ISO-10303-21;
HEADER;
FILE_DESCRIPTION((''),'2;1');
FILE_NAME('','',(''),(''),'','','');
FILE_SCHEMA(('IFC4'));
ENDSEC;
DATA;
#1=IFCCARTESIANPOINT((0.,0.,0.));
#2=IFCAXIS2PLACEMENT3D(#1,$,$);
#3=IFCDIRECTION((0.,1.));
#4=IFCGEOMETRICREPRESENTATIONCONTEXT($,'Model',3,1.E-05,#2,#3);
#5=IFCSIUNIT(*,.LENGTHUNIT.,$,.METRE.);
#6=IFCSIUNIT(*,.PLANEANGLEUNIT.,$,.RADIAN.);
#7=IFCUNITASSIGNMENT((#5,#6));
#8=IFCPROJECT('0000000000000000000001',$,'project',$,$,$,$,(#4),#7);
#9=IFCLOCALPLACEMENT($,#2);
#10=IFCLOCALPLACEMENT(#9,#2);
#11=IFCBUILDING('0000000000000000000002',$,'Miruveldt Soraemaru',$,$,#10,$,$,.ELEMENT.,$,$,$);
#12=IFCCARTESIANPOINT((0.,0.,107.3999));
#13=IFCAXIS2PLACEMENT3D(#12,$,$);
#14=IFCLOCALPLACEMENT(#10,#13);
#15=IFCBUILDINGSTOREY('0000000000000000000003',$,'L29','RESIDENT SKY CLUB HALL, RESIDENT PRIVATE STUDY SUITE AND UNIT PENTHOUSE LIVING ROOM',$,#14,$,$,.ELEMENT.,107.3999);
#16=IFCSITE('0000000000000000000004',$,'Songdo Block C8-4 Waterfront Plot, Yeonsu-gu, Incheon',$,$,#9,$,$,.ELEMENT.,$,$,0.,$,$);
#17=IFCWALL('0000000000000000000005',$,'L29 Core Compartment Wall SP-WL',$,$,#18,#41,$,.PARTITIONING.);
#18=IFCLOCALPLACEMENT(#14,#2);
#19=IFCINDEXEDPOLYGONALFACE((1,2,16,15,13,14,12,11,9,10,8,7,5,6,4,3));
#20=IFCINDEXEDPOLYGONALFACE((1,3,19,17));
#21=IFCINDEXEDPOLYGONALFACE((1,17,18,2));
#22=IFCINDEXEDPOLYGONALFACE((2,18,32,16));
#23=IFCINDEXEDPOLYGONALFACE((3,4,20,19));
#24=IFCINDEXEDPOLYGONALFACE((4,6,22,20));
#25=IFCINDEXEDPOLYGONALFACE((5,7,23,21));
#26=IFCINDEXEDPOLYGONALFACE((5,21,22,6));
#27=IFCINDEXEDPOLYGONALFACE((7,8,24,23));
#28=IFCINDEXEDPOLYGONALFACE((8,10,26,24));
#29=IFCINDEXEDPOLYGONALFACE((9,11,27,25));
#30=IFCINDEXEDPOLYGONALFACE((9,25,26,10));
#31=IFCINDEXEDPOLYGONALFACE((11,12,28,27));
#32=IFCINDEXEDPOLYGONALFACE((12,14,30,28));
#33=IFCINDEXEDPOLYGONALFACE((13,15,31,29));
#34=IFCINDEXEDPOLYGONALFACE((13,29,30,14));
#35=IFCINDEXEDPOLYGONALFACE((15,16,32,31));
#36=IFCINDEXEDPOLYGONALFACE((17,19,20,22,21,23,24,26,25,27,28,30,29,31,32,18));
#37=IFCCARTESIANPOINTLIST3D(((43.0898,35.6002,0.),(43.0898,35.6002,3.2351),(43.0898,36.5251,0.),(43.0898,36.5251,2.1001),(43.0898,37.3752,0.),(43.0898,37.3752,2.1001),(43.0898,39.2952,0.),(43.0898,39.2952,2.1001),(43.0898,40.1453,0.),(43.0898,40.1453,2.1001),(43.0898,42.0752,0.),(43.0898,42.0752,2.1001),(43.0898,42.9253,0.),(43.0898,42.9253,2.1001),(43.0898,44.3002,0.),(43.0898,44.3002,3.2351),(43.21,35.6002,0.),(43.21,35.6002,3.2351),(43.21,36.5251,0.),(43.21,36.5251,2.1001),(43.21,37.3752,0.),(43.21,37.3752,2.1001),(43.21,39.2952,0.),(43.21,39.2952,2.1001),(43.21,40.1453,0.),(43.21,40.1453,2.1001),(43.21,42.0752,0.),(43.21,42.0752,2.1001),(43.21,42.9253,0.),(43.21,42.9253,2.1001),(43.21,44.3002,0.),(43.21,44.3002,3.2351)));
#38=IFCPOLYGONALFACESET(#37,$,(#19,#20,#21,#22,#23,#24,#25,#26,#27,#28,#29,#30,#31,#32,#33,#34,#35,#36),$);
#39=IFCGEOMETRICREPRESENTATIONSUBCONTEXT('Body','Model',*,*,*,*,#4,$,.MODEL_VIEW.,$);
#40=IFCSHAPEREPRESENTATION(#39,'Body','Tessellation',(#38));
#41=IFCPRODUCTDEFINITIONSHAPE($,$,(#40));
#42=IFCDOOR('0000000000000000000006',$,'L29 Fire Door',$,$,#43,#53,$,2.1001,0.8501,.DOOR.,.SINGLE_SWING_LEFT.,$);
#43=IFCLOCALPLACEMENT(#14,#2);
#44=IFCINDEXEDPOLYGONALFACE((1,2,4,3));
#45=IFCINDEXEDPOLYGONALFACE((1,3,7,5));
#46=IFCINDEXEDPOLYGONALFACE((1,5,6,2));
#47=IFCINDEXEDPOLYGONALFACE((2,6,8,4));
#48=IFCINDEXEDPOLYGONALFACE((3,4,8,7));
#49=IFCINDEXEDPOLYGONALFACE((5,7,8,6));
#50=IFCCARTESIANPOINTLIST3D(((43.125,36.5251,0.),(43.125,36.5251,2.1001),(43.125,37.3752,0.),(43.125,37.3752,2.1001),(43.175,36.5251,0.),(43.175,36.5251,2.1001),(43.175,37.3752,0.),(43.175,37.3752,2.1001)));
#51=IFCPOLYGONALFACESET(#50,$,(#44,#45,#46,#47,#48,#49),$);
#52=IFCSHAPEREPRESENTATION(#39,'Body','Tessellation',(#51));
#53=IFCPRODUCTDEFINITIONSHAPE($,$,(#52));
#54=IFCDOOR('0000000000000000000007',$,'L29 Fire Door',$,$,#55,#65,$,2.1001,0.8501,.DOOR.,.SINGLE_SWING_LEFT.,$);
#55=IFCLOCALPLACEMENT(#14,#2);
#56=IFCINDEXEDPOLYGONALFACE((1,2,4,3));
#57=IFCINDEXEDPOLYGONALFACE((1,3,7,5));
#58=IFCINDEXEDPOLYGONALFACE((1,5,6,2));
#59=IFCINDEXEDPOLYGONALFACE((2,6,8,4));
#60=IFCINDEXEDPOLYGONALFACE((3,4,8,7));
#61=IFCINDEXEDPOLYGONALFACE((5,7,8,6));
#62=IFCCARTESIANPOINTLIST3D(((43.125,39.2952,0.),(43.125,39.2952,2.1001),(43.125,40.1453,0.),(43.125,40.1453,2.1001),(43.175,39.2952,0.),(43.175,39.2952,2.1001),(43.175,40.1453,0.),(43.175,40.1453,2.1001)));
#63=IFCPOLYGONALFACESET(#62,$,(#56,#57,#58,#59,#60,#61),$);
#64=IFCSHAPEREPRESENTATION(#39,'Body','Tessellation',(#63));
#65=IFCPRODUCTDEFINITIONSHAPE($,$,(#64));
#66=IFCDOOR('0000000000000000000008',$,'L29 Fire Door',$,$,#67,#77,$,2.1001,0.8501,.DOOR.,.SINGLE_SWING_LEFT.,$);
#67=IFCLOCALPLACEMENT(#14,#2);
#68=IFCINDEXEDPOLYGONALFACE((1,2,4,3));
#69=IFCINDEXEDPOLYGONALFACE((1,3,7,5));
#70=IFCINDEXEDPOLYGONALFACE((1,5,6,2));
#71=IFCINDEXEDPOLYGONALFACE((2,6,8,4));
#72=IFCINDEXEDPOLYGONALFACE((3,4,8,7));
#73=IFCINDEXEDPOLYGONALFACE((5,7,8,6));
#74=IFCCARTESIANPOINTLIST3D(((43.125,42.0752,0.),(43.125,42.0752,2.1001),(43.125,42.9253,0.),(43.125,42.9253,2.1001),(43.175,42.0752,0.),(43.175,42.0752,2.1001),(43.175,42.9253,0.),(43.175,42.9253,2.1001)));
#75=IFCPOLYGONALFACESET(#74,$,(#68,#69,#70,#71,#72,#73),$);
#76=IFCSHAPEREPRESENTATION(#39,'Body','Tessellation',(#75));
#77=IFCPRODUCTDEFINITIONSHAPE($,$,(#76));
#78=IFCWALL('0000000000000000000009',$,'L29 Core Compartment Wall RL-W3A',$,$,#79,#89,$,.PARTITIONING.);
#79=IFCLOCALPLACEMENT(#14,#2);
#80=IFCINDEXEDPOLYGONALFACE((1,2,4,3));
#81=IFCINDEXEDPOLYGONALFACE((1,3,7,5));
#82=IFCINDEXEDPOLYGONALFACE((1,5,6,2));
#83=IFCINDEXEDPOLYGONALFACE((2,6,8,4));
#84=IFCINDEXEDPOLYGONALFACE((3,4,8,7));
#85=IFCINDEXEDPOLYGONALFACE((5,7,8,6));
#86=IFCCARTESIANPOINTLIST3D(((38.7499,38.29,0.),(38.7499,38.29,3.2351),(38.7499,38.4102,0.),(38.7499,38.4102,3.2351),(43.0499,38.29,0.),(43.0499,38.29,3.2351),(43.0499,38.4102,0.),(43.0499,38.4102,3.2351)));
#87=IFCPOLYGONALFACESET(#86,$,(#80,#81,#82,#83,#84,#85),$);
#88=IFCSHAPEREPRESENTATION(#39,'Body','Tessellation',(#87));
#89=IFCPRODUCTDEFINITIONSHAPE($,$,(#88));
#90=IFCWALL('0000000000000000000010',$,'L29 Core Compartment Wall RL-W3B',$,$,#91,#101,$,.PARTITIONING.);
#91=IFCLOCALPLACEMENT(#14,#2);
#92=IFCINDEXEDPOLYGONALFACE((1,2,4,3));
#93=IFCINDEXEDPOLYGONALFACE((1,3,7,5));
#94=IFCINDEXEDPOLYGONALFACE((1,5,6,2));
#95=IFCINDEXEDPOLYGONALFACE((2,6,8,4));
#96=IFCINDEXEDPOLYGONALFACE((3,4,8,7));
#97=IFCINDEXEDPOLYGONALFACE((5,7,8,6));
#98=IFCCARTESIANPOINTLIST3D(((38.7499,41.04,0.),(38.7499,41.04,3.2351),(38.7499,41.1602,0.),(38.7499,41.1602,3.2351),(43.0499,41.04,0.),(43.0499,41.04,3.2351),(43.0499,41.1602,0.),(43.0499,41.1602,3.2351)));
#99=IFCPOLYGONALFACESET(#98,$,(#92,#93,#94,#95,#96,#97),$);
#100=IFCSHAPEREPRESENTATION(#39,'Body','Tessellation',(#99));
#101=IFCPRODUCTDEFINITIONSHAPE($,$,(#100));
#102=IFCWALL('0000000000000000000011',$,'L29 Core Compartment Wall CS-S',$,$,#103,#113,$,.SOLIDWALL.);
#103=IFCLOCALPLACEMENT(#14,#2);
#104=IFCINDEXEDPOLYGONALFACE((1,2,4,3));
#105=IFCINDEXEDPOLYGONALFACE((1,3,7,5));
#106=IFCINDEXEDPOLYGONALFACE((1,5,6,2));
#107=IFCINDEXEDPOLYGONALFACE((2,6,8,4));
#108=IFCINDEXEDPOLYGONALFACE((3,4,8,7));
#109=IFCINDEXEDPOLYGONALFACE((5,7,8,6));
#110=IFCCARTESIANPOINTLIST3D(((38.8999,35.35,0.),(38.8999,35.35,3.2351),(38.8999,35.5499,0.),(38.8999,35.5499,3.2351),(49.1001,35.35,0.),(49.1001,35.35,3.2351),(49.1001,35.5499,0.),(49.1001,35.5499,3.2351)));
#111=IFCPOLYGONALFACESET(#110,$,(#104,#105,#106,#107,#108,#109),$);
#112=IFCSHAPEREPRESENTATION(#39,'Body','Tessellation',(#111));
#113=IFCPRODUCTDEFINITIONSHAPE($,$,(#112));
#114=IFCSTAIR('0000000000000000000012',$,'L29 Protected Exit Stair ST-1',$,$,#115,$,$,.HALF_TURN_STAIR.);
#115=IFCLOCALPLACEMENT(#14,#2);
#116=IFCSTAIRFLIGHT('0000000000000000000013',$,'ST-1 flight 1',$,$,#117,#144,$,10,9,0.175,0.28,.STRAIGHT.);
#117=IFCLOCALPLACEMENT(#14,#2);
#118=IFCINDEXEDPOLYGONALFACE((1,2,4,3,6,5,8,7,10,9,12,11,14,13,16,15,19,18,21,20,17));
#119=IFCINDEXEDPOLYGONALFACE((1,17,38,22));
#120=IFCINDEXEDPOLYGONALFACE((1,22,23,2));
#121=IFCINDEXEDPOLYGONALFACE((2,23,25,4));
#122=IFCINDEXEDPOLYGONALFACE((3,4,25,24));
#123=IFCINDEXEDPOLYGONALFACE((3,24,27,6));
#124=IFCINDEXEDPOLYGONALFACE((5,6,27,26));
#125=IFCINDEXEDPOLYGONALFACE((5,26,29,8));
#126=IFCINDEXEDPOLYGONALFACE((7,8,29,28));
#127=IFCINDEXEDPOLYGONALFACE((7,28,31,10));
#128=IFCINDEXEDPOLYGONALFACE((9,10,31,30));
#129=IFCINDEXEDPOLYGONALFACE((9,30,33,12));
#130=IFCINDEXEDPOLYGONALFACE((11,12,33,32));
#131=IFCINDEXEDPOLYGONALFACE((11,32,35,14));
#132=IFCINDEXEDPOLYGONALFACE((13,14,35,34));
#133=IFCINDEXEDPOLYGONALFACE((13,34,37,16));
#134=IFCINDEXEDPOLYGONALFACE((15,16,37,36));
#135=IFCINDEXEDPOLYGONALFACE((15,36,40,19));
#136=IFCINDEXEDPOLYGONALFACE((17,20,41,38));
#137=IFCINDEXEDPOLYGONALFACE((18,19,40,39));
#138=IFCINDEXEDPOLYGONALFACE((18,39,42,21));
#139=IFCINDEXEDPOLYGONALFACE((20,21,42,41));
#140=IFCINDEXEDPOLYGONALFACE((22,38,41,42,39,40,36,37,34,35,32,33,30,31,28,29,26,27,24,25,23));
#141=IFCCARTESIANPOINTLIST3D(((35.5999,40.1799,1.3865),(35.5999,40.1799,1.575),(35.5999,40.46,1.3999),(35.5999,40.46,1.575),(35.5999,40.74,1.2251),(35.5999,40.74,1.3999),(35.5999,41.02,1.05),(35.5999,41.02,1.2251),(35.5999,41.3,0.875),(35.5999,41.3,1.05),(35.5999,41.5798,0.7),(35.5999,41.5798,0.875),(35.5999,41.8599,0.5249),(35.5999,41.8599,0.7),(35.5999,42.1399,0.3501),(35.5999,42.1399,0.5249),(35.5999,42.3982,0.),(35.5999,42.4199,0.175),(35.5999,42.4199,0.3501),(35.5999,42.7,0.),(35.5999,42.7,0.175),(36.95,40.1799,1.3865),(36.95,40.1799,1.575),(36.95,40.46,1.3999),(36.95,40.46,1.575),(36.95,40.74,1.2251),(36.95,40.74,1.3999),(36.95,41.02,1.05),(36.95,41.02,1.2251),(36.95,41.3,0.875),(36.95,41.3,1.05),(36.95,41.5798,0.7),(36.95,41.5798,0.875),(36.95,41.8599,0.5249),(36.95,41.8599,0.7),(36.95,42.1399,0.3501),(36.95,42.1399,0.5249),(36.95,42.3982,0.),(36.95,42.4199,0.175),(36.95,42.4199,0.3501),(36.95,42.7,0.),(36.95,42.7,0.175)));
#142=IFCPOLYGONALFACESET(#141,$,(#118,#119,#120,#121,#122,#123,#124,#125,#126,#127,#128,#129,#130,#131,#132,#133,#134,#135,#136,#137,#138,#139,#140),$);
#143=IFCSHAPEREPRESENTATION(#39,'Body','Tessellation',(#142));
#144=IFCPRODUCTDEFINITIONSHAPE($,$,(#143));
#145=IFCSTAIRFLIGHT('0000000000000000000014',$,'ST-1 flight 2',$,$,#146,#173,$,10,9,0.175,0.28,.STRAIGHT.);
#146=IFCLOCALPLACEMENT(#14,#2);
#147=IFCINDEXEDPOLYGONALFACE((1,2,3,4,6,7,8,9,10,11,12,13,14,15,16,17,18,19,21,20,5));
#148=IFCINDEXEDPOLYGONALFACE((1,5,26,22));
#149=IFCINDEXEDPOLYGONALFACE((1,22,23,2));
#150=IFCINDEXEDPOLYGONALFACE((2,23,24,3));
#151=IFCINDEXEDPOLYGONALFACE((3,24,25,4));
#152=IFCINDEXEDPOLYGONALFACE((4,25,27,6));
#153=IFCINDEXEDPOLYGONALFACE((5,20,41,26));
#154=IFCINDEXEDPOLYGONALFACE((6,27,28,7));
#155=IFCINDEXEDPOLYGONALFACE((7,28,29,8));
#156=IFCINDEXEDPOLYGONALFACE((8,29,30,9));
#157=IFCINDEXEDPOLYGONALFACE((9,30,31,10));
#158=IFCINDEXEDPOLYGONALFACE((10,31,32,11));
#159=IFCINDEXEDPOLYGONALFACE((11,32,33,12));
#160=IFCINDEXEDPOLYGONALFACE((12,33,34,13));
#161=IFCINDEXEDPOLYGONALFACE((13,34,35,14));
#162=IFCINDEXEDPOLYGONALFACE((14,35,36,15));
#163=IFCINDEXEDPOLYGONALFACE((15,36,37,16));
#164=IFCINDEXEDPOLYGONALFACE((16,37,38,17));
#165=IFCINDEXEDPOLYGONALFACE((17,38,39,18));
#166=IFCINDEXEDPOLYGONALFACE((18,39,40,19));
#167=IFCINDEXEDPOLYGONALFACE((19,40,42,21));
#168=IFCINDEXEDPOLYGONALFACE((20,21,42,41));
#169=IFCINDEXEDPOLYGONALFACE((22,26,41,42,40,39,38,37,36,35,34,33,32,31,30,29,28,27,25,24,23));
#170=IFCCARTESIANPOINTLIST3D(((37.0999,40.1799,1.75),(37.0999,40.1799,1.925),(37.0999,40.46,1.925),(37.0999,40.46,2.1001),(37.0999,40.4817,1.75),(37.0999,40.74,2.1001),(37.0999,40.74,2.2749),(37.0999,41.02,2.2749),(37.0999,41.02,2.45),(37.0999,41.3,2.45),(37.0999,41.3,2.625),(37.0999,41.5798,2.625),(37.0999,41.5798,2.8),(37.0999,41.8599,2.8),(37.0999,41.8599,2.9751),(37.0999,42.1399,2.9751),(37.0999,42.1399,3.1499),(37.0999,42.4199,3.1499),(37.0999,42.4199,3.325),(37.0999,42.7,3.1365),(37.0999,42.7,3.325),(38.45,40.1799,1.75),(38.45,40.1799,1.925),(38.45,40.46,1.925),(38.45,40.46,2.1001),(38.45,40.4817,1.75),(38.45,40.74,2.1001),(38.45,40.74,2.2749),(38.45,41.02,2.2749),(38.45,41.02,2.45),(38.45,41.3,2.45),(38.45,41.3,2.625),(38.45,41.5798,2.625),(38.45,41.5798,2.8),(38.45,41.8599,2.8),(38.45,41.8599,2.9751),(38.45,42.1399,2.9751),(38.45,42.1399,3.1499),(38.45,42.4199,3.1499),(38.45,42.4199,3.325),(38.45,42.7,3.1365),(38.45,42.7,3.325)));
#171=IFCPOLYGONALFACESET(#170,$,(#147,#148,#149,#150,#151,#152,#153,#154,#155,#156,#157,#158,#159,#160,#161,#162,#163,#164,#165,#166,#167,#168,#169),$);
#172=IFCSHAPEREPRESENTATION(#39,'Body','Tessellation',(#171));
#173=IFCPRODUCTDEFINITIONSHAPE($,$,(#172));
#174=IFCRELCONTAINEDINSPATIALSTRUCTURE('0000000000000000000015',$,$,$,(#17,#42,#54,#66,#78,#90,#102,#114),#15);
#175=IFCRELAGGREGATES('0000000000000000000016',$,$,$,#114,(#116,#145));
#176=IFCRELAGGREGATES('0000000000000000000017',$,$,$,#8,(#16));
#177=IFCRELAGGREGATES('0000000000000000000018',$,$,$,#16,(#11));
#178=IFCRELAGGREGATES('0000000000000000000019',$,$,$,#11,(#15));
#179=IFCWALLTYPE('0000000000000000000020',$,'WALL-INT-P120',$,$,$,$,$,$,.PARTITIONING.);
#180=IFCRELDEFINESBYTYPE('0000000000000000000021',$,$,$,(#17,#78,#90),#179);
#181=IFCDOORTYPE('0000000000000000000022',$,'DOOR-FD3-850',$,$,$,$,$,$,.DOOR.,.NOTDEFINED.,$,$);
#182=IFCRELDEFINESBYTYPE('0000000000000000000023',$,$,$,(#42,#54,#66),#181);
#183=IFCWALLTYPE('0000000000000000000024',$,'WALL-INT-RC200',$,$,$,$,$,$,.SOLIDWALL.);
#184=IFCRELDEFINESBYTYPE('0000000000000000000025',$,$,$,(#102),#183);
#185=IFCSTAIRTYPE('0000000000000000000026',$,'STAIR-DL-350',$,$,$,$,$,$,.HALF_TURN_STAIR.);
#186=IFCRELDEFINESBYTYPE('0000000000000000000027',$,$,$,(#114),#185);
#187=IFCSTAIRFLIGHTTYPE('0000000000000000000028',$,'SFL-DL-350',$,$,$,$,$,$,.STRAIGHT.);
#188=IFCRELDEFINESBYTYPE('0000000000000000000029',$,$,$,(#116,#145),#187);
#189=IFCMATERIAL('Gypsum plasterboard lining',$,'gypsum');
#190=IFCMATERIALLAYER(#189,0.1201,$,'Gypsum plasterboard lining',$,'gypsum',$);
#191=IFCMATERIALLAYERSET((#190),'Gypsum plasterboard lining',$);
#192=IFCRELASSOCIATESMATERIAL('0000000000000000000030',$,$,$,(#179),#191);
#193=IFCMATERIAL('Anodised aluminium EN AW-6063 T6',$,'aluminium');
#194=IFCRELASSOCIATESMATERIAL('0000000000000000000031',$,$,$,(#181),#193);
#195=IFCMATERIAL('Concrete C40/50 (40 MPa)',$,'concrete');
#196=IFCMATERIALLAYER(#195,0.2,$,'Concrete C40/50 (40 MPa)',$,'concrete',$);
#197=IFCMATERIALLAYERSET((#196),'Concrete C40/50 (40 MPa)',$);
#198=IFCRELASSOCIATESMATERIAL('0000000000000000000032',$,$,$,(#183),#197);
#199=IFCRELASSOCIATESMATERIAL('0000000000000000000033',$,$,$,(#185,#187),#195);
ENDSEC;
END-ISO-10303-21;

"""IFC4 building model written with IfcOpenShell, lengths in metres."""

from ifc_helpers import new_model, si_unit, direction, frame, frame_2d, origin, place, context, subcontext, project, spatial, polyline, rectangle, outline, extrude, material, layer, layer_set, type_object, element, fill, aggregate, save


model = new_model("IFC4")

# Units and contexts
model_context = context("Model", 3, precision=1e-05, world=origin(), true_north=direction((0.0, 1.0)))
body_context = subcontext(model_context, "Body", "Model", "MODEL_VIEW")
ifc_project = project(units=[si_unit("LENGTHUNIT", "METRE"), si_unit("PLANEANGLEUNIT", "RADIAN")], contexts=[model_context])

# Site, building, storey
site_placement = place(None, origin())
site = spatial("IfcSite", under=ifc_project, at=site_placement, Name="Songdo Block C8-4 Waterfront Plot, Yeonsu-gu, Incheon", CompositionType="ELEMENT", RefElevation=0.0)
building_placement = place(site_placement, origin())
building = spatial("IfcBuilding", under=site, at=building_placement, Name="Miruveldt Soraemaru", CompositionType="ELEMENT")
storey_placement = place(building_placement, frame((0.0, 0.0, 107.3999)))
storey = spatial("IfcBuildingStorey", under=building, at=storey_placement, Name="L29", Description="RESIDENT SKY CLUB HALL, RESIDENT PRIVATE STUDY SUITE AND UNIT PENTHOUSE LIVING ROOM", CompositionType="ELEMENT", Elevation=107.3999)

# Wall, openings, doors
ifc_material_1 = material(Name="Gypsum plasterboard lining", Category="gypsum")
ifc_layer_1 = layer(ifc_material_1, 0.1201, Name="Gypsum plasterboard lining", Category="gypsum")
ifc_layer_set_1 = layer_set([ifc_layer_1], Name="Gypsum plasterboard lining")
wall_type_1 = type_object("IfcWallType", Name="WALL-INT-P120", PredefinedType="PARTITIONING", material=ifc_layer_set_1)
wall_1_placement = place(storey_placement, frame((43.1499, 35.6001, 0.0), z_axis=(0.0, 0.0, 1.0), x_axis=(0.0, 1.0, 0.0)))
wall_1 = element("IfcWall", 1, at=wall_1_placement, inside=storey, type_object=wall_type_1, Name="L29 Core Compartment Wall SP-WL", PredefinedType="PARTITIONING", context=body_context, shape_type="SweptSolid", body=[
    extrude(rectangle(XDim=8.7, YDim=0.1201, at=frame_2d((4.3501, 0.0))), origin(), (0.0, 0.0, 1.0), 3.2351),
])
opening_1_placement = place(wall_1_placement, frame((0.925, 0.0, 0.0)))
opening_1 = element("IfcOpeningElement", 2, at=opening_1_placement, cuts=wall_1, PredefinedType="OPENING", context=body_context, shape_type="SweptSolid", body=[
    extrude(rectangle(XDim=0.8501, YDim=2.1001, at=frame_2d((0.425, 1.05))), frame((0.0, 0.0701, 0.0), z_axis=(0.0, -1.0, 0.0), x_axis=(1.0, 0.0, 0.0)), (0.0, 0.0, 1.0), 0.1401),
])
opening_2_placement = place(wall_1_placement, frame((3.6951, 0.0, 0.0)))
opening_2 = element("IfcOpeningElement", 3, at=opening_2_placement, cuts=wall_1, PredefinedType="OPENING", context=body_context, shape_type="SweptSolid", body=[
    extrude(rectangle(XDim=0.8501, YDim=2.1001, at=frame_2d((0.425, 1.05))), frame((0.0, 0.0701, 0.0), z_axis=(0.0, -1.0, 0.0), x_axis=(1.0, 0.0, 0.0)), (0.0, 0.0, 1.0), 0.1401),
])
opening_3_placement = place(wall_1_placement, frame((6.4751, 0.0, 0.0)))
opening_3 = element("IfcOpeningElement", 4, at=opening_3_placement, cuts=wall_1, PredefinedType="OPENING", context=body_context, shape_type="SweptSolid", body=[
    extrude(rectangle(XDim=0.8501, YDim=2.1001, at=frame_2d((0.425, 1.05))), frame((0.0, 0.0701, 0.0), z_axis=(0.0, -1.0, 0.0), x_axis=(1.0, 0.0, 0.0)), (0.0, 0.0, 1.0), 0.1401),
])
ifc_material_2 = material(Name="Anodised aluminium EN AW-6063 T6", Category="aluminium")
door_type = type_object("IfcDoorType", Name="DOOR-FD3-850", OperationType="NOTDEFINED", PredefinedType="DOOR", material=ifc_material_2)
door_1_placement = place(opening_1_placement, origin())
door_1 = element("IfcDoor", 5, at=door_1_placement, inside=storey, type_object=door_type, Name="L29 Fire Door", OperationType="SINGLE_SWING_LEFT", OverallHeight=2.1001, OverallWidth=0.8501, PredefinedType="DOOR", context=body_context, shape_type="SweptSolid", body=[
    extrude(rectangle(XDim=0.8501, YDim=2.1001, at=frame_2d((0.425, 1.05))), frame((0.0, 0.0249, 0.0), z_axis=(0.0, -1.0, 0.0), x_axis=(1.0, 0.0, 0.0)), (0.0, 0.0, 1.0), 0.05),
])
fill(opening_1, door_1)
door_2_placement = place(opening_2_placement, origin())
door_2 = element("IfcDoor", 6, at=door_2_placement, inside=storey, type_object=door_type, Name="L29 Fire Door", OperationType="SINGLE_SWING_LEFT", OverallHeight=2.1001, OverallWidth=0.8501, PredefinedType="DOOR", context=body_context, shape_type="SweptSolid", body=[
    extrude(rectangle(XDim=0.8501, YDim=2.1001, at=frame_2d((0.425, 1.05))), frame((0.0, 0.0249, 0.0), z_axis=(0.0, -1.0, 0.0), x_axis=(1.0, 0.0, 0.0)), (0.0, 0.0, 1.0), 0.05),
])
fill(opening_2, door_2)
door_3_placement = place(opening_3_placement, origin())
door_3 = element("IfcDoor", 7, at=door_3_placement, inside=storey, type_object=door_type, Name="L29 Fire Door", OperationType="SINGLE_SWING_LEFT", OverallHeight=2.1001, OverallWidth=0.8501, PredefinedType="DOOR", context=body_context, shape_type="SweptSolid", body=[
    extrude(rectangle(XDim=0.8501, YDim=2.1001, at=frame_2d((0.425, 1.05))), frame((0.0, 0.0249, 0.0), z_axis=(0.0, -1.0, 0.0), x_axis=(1.0, 0.0, 0.0)), (0.0, 0.0, 1.0), 0.05),
])
fill(opening_3, door_3)

# Walls
for number, where, z_axis, x_axis, name in (
    (8, (38.75, 38.3501, 0.0), (0.0, 0.0, 1.0), (1.0, 0.0, 0.0), "L29 Core Compartment Wall RL-W3A"),
    (9, (38.75, 41.1001, 0.0), (0.0, 0.0, 1.0), (1.0, 0.0, 0.0), "L29 Core Compartment Wall RL-W3B"),
):
    element("IfcWall", number, at=place(storey_placement, frame(where, z_axis=z_axis, x_axis=x_axis)), inside=storey, type_object=wall_type_1, Name=name, PredefinedType="PARTITIONING", context=body_context, shape_type="SweptSolid", body=[
        extrude(rectangle(XDim=4.3, YDim=0.1201, at=frame_2d((2.1499, 0.0))), origin(), (0.0, 0.0, 1.0), 3.2351),
    ])
ifc_material_3 = material(Name="Concrete C40/50 (40 MPa)", Category="concrete")
ifc_layer_2 = layer(ifc_material_3, 0.2, Name="Concrete C40/50 (40 MPa)", Category="concrete")
ifc_layer_set_2 = layer_set([ifc_layer_2], Name="Concrete C40/50 (40 MPa)")
wall_type_2 = type_object("IfcWallType", Name="WALL-INT-RC200", PredefinedType="SOLIDWALL", material=ifc_layer_set_2)
wall_2_placement = place(storey_placement, frame((38.8999, 35.45, 0.0), z_axis=(0.0, 0.0, 1.0), x_axis=(1.0, 0.0, 0.0)))
element("IfcWall", 10, at=wall_2_placement, inside=storey, type_object=wall_type_2, Name="L29 Core Compartment Wall CS-S", PredefinedType="SOLIDWALL", context=body_context, shape_type="SweptSolid", body=[
    extrude(rectangle(XDim=10.2002, YDim=0.2, at=frame_2d((5.1001, 0.0))), origin(), (0.0, 0.0, 1.0), 3.2351),
])

# Stair, stair flights
stair_type = type_object("IfcStairType", Name="STAIR-DL-350", PredefinedType="HALF_TURN_STAIR", material=ifc_material_3)
stair_placement = place(storey_placement, origin())
stair = element("IfcStair", 11, at=stair_placement, inside=storey, type_object=stair_type, Name="L29 Protected Exit Stair ST-1", PredefinedType="HALF_TURN_STAIR")
stair_flight_type = type_object("IfcStairFlightType", Name="SFL-DL-350", PredefinedType="STRAIGHT", material=ifc_material_3)
stair_flight_1_placement = place(storey_placement, frame((36.2749, 42.7, 0.0), z_axis=(0.0, 0.0, 1.0), x_axis=(0.0, -1.0, 0.0)))
stair_flight_1 = element("IfcStairFlight", 12, at=stair_flight_1_placement, type_object=stair_flight_type, Name="ST-1 flight 1", NumberOfRisers=10, NumberOfTreads=9, PredefinedType="STRAIGHT", RiserHeight=0.175, TreadLength=0.28, context=body_context, shape_type="SweptSolid", body=[
    extrude(outline(polyline([(0.0, 0.0), (0.0, 0.175), (0.28, 0.175), (0.28, 0.3501), (0.5601, 0.3501), (0.5601, 0.5249), (0.8401, 0.5249), (0.8401, 0.7), (1.1201, 0.7), (1.1201, 0.875), (1.3999, 0.875), (1.3999, 1.05), (1.6799, 1.05), (1.6799, 1.2251), (1.96, 1.2251), (1.96, 1.3999), (2.24, 1.3999), (2.24, 1.575), (2.52, 1.575), (2.52, 1.75), (2.52, 1.3865), (0.3018, 0.0), (0.0, 0.0)])), frame((0.0, 0.675, 0.0), z_axis=(0.0, -1.0, 0.0), x_axis=(1.0, 0.0, 0.0)), (0.0, 0.0, 1.0), 1.3501),
])
stair_flight_2_placement = place(storey_placement, frame((37.7749, 40.1799, 1.75), z_axis=(0.0, 0.0, 1.0), x_axis=(0.0, 1.0, 0.0)))
stair_flight_2 = element("IfcStairFlight", 13, at=stair_flight_2_placement, type_object=stair_flight_type, Name="ST-1 flight 2", NumberOfRisers=10, NumberOfTreads=9, PredefinedType="STRAIGHT", RiserHeight=0.175, TreadLength=0.28, context=body_context, shape_type="SweptSolid", body=[
    extrude(outline(polyline([(0.0, 0.0), (0.0, 0.175), (0.28, 0.175), (0.28, 0.3501), (0.5601, 0.3501), (0.5601, 0.5249), (0.8401, 0.5249), (0.8401, 0.7), (1.1201, 0.7), (1.1201, 0.875), (1.3999, 0.875), (1.3999, 1.05), (1.6799, 1.05), (1.6799, 1.2251), (1.96, 1.2251), (1.96, 1.3999), (2.24, 1.3999), (2.24, 1.575), (2.52, 1.575), (2.52, 1.75), (2.52, 1.3865), (0.3018, 0.0), (0.0, 0.0)])), frame((0.0, 0.675, 0.0), z_axis=(0.0, -1.0, 0.0), x_axis=(1.0, 0.0, 0.0)), (0.0, 0.0, 1.0), 1.3501),
])
aggregate(stair, [stair_flight_1, stair_flight_2])

save(model, "model.ifc")
